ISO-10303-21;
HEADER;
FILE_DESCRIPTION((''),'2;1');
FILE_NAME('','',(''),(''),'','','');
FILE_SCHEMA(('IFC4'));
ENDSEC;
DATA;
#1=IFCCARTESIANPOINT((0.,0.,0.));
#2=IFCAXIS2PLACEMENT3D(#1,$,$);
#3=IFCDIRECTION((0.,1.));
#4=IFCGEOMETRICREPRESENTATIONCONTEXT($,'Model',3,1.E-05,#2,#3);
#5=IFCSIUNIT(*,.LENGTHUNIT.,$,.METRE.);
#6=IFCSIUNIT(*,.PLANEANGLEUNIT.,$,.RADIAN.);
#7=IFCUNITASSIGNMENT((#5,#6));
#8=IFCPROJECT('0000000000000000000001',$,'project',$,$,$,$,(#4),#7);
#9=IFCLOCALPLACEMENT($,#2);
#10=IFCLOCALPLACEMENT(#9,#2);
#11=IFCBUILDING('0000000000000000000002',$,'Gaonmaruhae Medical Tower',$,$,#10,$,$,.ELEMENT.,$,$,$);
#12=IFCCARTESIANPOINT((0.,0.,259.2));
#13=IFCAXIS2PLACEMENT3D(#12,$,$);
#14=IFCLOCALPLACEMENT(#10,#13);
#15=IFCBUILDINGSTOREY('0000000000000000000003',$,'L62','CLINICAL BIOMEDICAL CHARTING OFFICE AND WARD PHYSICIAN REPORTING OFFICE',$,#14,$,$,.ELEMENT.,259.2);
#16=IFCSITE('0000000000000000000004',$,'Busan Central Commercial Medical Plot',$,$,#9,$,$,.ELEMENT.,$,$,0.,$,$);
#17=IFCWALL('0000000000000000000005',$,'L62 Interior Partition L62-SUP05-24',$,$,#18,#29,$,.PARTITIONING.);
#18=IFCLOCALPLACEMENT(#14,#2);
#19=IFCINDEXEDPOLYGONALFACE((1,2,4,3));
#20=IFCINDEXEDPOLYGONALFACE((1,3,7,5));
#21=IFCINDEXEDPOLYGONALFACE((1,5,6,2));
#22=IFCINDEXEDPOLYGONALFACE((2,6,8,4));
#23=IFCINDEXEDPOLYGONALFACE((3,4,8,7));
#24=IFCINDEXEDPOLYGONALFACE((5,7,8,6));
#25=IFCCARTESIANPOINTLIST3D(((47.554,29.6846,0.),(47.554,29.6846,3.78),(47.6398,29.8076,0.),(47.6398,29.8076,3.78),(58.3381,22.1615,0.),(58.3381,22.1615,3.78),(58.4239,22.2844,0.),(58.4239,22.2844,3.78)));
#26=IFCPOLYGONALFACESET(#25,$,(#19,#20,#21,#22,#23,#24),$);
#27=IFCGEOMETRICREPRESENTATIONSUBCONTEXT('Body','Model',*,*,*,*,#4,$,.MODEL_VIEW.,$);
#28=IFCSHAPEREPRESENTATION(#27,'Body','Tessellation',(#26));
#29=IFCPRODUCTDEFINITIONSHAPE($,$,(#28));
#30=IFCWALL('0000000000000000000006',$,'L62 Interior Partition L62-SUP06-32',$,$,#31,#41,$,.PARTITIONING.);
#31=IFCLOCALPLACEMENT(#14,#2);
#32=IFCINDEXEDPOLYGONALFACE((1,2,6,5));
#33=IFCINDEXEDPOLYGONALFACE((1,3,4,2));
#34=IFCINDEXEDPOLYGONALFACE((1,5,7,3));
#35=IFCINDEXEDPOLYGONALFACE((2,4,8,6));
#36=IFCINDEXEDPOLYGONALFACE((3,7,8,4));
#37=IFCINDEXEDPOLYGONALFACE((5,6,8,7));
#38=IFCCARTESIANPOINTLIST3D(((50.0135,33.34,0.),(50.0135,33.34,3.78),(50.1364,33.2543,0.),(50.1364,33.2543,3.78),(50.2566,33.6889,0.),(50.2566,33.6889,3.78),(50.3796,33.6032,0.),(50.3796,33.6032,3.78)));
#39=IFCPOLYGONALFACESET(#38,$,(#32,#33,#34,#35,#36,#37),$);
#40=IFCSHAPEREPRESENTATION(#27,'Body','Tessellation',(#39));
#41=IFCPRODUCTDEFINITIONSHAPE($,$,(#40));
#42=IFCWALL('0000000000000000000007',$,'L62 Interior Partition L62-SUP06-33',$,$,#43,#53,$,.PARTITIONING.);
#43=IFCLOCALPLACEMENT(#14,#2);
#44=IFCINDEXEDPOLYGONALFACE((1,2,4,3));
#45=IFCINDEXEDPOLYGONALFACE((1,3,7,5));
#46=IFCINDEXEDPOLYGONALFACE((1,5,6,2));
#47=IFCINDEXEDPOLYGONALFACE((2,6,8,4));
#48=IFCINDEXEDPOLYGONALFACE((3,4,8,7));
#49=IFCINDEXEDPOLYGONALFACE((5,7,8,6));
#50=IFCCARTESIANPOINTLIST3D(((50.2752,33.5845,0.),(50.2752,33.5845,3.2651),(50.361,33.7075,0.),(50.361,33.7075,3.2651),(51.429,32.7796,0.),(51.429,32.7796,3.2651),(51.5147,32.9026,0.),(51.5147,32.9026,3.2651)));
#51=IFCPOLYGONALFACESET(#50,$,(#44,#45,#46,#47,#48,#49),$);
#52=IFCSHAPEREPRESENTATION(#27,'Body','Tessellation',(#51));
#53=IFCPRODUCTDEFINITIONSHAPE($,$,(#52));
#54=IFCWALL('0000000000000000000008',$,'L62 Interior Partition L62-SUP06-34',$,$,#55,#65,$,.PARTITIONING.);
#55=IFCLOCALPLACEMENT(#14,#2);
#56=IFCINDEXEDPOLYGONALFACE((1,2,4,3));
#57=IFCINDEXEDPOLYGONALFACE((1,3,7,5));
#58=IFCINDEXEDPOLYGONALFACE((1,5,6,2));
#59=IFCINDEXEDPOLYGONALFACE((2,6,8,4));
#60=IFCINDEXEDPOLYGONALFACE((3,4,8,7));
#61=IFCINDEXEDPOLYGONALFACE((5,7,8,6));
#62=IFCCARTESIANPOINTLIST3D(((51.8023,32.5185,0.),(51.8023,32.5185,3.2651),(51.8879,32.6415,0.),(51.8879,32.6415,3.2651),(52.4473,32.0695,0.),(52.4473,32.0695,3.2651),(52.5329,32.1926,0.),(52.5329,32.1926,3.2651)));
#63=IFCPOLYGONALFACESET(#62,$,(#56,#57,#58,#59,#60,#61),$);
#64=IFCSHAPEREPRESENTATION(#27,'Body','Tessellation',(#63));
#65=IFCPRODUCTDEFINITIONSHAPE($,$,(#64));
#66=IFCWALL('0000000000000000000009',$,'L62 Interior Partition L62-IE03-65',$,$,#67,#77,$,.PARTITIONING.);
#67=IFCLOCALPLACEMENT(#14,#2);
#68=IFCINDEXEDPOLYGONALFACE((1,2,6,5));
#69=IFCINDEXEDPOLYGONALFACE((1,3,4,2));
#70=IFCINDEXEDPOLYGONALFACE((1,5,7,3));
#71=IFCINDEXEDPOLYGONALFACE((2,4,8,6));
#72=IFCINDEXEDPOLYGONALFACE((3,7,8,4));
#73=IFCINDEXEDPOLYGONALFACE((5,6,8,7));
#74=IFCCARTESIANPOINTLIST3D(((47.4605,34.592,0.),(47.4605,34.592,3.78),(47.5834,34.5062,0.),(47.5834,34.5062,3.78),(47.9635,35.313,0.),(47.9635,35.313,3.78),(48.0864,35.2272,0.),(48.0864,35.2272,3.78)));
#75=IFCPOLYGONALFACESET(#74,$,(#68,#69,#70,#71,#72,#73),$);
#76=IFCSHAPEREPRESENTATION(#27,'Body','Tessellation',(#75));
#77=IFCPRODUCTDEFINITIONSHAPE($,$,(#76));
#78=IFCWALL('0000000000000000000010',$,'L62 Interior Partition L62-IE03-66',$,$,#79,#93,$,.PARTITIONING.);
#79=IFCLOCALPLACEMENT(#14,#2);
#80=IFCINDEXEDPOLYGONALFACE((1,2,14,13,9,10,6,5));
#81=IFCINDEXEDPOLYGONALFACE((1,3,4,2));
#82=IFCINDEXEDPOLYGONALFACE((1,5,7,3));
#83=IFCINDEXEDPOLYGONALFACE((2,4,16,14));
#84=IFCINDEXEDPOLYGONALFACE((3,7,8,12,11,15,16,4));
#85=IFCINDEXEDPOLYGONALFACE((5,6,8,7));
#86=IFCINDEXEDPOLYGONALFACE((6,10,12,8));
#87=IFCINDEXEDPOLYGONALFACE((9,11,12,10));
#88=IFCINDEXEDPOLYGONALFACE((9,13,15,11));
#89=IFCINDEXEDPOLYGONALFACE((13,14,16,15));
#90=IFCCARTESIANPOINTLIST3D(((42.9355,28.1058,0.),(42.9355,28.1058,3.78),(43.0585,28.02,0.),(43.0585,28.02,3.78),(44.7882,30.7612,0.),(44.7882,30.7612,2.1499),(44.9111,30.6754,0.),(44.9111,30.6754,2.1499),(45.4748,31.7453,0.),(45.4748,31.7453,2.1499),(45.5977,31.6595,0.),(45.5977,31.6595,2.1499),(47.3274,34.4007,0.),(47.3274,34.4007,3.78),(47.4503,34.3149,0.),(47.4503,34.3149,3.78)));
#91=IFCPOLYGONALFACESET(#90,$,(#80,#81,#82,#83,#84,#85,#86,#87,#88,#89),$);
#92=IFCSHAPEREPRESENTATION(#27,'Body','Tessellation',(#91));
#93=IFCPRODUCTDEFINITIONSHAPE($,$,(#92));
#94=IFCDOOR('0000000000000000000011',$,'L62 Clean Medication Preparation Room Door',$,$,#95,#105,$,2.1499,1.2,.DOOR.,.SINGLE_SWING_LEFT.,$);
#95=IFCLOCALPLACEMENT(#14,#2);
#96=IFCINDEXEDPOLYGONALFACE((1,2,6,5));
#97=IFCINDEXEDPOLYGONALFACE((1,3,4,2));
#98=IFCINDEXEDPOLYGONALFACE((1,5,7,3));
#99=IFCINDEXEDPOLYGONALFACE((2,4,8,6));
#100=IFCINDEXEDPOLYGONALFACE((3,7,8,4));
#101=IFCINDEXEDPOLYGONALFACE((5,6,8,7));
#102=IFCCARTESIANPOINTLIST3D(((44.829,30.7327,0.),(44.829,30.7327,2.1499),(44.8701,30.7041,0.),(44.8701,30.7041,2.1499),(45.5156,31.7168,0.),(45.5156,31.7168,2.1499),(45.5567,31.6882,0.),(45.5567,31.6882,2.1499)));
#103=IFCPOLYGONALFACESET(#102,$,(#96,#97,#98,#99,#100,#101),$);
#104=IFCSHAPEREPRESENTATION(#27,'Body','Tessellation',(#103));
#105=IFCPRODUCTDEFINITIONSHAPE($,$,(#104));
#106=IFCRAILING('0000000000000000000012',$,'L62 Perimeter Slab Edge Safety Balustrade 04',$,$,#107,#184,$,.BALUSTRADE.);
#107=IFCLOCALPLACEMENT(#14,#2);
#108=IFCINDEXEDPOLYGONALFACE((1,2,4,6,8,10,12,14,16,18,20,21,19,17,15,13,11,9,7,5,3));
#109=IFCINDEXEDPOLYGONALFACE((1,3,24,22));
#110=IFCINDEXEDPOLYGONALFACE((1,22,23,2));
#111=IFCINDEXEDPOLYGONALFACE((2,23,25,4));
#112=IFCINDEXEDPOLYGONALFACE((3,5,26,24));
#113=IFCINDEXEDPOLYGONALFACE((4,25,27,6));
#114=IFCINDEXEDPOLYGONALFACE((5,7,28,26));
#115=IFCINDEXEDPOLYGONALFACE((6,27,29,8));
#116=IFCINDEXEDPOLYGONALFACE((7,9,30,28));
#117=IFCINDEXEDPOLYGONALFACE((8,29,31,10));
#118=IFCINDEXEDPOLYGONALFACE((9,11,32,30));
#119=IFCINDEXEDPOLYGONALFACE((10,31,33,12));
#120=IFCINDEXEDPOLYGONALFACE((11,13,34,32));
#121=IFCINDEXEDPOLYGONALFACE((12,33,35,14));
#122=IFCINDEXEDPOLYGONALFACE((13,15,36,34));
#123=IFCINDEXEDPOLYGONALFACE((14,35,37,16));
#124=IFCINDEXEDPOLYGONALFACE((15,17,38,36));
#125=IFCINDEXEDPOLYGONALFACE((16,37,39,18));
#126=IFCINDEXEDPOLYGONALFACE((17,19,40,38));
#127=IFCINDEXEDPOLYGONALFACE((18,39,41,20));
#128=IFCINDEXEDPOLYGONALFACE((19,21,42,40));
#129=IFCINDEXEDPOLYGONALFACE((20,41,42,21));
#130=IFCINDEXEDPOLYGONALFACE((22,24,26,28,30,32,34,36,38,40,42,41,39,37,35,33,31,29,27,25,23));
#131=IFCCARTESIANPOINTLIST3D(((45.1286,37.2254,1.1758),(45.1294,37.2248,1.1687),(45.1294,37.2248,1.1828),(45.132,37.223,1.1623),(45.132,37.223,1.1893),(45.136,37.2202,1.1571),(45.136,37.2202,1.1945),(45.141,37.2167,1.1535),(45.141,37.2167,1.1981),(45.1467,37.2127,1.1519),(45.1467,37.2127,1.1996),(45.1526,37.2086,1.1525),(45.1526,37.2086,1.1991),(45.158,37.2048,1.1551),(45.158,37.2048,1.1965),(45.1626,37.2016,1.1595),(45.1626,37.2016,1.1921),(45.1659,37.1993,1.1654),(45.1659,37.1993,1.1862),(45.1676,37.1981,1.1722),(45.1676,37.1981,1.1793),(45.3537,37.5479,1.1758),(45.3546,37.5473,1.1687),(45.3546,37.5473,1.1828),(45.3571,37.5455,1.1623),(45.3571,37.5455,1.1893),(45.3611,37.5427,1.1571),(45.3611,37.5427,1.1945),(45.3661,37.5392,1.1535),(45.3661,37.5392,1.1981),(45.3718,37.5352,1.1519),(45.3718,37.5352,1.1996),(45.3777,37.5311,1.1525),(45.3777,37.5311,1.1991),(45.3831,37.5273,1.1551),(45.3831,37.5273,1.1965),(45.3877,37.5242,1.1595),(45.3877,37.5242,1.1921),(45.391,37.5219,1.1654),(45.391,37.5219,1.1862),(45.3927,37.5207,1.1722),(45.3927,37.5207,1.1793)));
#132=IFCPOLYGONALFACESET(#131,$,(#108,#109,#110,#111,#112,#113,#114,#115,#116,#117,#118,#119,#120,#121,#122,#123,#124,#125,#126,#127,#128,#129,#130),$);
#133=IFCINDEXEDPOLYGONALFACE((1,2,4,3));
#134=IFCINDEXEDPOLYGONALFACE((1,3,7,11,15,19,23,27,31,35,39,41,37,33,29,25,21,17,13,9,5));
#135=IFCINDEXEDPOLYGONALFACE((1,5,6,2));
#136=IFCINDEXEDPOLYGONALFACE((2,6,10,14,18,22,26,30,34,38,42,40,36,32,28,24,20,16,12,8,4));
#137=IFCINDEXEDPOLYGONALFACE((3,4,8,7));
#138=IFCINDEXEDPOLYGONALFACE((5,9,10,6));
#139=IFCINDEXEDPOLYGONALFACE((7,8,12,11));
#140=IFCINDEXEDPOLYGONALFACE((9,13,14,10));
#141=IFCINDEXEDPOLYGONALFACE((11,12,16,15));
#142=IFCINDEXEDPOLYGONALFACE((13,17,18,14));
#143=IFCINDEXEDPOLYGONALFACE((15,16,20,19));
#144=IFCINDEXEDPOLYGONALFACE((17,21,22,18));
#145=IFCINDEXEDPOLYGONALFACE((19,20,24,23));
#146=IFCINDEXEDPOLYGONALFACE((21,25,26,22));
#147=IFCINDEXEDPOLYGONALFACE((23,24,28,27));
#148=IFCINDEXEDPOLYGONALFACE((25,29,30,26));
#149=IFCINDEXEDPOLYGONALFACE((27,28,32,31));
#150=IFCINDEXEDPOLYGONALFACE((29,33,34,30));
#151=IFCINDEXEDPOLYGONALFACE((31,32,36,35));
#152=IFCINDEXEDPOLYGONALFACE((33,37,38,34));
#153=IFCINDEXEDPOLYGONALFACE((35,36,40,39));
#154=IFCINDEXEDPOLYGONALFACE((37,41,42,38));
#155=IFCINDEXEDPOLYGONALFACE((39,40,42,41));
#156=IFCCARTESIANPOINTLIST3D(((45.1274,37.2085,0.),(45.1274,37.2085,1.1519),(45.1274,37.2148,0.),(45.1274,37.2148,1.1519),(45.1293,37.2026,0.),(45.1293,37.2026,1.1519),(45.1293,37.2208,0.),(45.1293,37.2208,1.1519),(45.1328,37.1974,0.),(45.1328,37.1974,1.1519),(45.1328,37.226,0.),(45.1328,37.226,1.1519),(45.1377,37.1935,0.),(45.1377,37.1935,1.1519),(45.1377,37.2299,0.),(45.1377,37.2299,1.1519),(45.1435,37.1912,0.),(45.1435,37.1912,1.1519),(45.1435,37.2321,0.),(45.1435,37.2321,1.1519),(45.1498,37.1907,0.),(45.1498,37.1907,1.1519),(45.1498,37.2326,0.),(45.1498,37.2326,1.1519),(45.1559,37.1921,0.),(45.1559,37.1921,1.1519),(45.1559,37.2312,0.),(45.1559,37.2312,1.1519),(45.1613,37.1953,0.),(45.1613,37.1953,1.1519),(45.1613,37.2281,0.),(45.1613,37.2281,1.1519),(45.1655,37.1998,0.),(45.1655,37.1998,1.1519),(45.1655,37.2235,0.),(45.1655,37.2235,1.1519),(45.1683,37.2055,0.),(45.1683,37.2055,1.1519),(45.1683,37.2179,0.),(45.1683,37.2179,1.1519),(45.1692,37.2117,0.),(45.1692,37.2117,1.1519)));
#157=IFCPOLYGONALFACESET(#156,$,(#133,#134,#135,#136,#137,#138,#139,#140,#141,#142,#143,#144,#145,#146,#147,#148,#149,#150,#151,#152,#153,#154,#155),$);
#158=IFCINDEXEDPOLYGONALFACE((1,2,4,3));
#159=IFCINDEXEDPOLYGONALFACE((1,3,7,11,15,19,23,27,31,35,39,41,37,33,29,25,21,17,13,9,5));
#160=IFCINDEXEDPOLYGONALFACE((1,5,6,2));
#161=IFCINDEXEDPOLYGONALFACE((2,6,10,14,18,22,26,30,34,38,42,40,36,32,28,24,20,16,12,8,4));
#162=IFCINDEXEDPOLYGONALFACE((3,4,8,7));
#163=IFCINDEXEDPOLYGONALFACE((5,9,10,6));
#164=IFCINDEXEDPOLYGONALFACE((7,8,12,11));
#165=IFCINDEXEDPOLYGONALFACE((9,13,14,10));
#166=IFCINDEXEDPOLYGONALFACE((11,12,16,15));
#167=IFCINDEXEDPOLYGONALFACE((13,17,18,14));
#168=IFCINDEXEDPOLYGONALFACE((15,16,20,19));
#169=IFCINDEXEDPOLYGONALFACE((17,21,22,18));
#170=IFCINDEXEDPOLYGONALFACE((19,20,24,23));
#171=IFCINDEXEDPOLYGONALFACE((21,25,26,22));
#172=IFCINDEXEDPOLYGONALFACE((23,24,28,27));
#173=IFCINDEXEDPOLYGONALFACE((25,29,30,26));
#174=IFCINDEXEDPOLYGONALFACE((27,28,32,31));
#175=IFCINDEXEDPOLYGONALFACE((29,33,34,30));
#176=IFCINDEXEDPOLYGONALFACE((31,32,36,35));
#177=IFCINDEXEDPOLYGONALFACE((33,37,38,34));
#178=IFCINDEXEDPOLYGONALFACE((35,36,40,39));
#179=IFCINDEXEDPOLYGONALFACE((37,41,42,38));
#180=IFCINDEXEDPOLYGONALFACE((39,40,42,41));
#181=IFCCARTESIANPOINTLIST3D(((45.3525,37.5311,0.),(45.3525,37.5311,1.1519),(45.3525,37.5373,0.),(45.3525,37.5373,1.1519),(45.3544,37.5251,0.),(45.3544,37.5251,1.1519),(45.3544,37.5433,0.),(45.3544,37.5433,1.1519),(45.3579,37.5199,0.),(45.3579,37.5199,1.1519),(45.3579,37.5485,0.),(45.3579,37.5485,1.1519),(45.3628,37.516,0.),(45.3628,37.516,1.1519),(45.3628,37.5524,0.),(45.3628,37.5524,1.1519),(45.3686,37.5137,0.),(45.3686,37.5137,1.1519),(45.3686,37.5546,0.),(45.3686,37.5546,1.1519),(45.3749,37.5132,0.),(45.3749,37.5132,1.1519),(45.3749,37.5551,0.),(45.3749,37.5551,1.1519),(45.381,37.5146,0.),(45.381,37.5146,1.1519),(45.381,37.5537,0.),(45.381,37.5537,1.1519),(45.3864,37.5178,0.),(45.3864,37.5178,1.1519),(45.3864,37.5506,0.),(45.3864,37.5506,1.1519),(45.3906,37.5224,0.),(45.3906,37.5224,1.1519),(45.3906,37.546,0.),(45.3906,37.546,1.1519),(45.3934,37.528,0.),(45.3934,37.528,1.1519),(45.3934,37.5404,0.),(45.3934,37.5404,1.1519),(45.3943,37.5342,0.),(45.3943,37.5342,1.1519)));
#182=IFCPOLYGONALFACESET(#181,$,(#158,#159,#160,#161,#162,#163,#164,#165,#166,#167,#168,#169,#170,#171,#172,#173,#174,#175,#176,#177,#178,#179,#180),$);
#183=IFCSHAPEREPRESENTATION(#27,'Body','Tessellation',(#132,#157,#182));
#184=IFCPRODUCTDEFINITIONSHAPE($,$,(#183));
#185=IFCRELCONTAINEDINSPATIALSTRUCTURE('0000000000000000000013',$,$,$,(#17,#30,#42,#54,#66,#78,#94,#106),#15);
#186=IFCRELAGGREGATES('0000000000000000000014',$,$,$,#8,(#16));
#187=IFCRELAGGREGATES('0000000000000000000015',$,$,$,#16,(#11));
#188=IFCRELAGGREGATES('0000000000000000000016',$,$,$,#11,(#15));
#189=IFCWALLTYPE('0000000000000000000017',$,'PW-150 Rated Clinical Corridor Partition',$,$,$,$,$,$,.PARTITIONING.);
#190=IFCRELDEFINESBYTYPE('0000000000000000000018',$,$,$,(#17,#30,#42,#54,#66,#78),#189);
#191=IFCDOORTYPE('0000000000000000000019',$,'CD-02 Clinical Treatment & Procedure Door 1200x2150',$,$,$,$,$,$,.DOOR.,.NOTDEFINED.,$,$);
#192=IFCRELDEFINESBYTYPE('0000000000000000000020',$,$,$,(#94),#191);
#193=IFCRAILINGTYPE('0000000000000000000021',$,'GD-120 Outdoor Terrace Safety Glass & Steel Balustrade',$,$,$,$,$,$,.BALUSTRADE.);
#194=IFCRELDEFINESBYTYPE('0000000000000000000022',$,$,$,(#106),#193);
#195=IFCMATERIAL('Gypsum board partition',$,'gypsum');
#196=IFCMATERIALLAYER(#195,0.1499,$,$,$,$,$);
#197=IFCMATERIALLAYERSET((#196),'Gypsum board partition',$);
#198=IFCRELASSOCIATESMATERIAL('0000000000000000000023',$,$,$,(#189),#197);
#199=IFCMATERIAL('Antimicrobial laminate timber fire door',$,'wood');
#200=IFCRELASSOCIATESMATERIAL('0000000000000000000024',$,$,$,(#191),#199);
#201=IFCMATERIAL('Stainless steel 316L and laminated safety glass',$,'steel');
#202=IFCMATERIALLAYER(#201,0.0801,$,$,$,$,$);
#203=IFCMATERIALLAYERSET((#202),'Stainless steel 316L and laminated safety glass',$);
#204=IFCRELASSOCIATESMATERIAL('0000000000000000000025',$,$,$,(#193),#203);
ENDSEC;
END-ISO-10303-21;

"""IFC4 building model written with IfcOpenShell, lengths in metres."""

from ifc_helpers import new_model, si_unit, direction, frame, frame_2d, origin, origin_2d, place, context, subcontext, project, spatial, rectangle, circle, extrude, material, layer, layer_set, type_object, element, fill, save


model = new_model("IFC4")

# Units and contexts
model_context = context("Model", 3, precision=1e-05, world=origin(), true_north=direction((0.0, 1.0)))
body_context = subcontext(model_context, "Body", "Model", "MODEL_VIEW")
ifc_project = project(units=[si_unit("LENGTHUNIT", "METRE"), si_unit("PLANEANGLEUNIT", "RADIAN")], contexts=[model_context])

# Site, building, storey
site_placement = place(None, origin())
site = spatial("IfcSite", under=ifc_project, at=site_placement, Name="Busan Central Commercial Medical Plot", CompositionType="ELEMENT", RefElevation=0.0)
building_placement = place(site_placement, origin())
building = spatial("IfcBuilding", under=site, at=building_placement, Name="Gaonmaruhae Medical Tower", CompositionType="ELEMENT")
storey_placement = place(building_placement, frame((0.0, 0.0, 259.2)))
storey = spatial("IfcBuildingStorey", under=building, at=storey_placement, Name="L62", Description="CLINICAL BIOMEDICAL CHARTING OFFICE AND WARD PHYSICIAN REPORTING OFFICE", CompositionType="ELEMENT", Elevation=259.2)

# Wall
ifc_material_1 = material(Name="Gypsum board partition", Category="gypsum")
ifc_layer_1 = layer(ifc_material_1, 0.1499)
ifc_layer_set_1 = layer_set([ifc_layer_1], Name="Gypsum board partition")
wall_type_1 = type_object("IfcWallType", Name="PW-150 Rated Clinical Corridor Partition", PredefinedType="PARTITIONING", material=ifc_layer_set_1)
wall_1_placement = place(storey_placement, frame((47.5969, 29.7461, 0.0), z_axis=(0.0, 0.0, 1.0), x_axis=(0.82015, -0.572148, 0.0)))
element("IfcWall", 1, at=wall_1_placement, inside=storey, type_object=wall_type_1, Name="L62 Interior Partition L62-SUP05-24", PredefinedType="PARTITIONING", context=body_context, shape_type="SweptSolid", body=[
    extrude(rectangle(XDim=13.1489, YDim=0.1499, at=frame_2d((6.5745, 0.0))), origin(), (0.0, 0.0, 1.0), 3.78),
])

# Shared definitions
ifc_material_2 = material(Name="Antimicrobial laminate timber fire door", Category="wood")
door_type = type_object("IfcDoorType", Name="CD-02 Clinical Treatment & Procedure Door 1200x2150", OperationType="NOTDEFINED", PredefinedType="DOOR", material=ifc_material_2)

# Walls
wall_2_placement = place(storey_placement, frame((50.075, 33.2971, 0.0), z_axis=(0.0, 0.0, 1.0), x_axis=(0.571804, 0.82039, 0.0)))
element("IfcWall", 2, at=wall_2_placement, inside=storey, type_object=wall_type_1, Name="L62 Interior Partition L62-SUP06-32", PredefinedType="PARTITIONING", context=body_context, shape_type="SweptSolid", body=[
    extrude(rectangle(XDim=0.4253, YDim=0.1499, at=frame_2d((0.2126, 0.0))), origin(), (0.0, 0.0, 1.0), 3.78),
])
wall_3_placement = place(storey_placement, frame((50.3181, 33.646, 0.0), z_axis=(0.0, 0.0, 1.0), x_axis=(0.820144, -0.572157, 0.0)))
element("IfcWall", 3, at=wall_3_placement, inside=storey, type_object=wall_type_1, Name="L62 Interior Partition L62-SUP06-33", PredefinedType="PARTITIONING", context=body_context, shape_type="SweptSolid", body=[
    extrude(rectangle(XDim=1.4067, YDim=0.1499, at=frame_2d((0.7034, 0.0))), origin(), (0.0, 0.0, 1.0), 3.2651),
])
wall_4_placement = place(storey_placement, frame((51.845, 32.5801, 0.0), z_axis=(0.0, 0.0, 1.0), x_axis=(0.820747, -0.571292, 0.0)))
element("IfcWall", 4, at=wall_4_placement, inside=storey, type_object=wall_type_1, Name="L62 Interior Partition L62-SUP06-34", PredefinedType="PARTITIONING", context=body_context, shape_type="SweptSolid", body=[
    extrude(rectangle(XDim=0.7859, YDim=0.1499, at=frame_2d((0.3931, 0.0))), origin(), (0.0, 0.0, 1.0), 3.2651),
])
wall_5_placement = place(storey_placement, frame((48.0249, 35.27, 0.0), z_axis=(0.0, 0.0, 1.0), x_axis=(-0.572138, -0.820157, 0.0)))
element("IfcWall", 5, at=wall_5_placement, inside=storey, type_object=wall_type_1, Name="L62 Interior Partition L62-IE03-65", PredefinedType="PARTITIONING", context=body_context, shape_type="SweptSolid", body=[
    extrude(rectangle(XDim=0.8792, YDim=0.1499, at=frame_2d((0.4395, 0.0))), origin(), (0.0, 0.0, 1.0), 3.78),
])

# Wall, opening, door
wall_6_placement = place(storey_placement, frame((47.3889, 34.3579, 0.0), z_axis=(0.0, 0.0, 1.0), x_axis=(-0.572185, -0.820125, 0.0)))
wall_6 = element("IfcWall", 6, at=wall_6_placement, inside=storey, type_object=wall_type_1, Name="L62 Interior Partition L62-IE03-66", PredefinedType="PARTITIONING", context=body_context, shape_type="SweptSolid", body=[
    extrude(rectangle(XDim=7.6755, YDim=0.1499, at=frame_2d((3.8379, 0.0))), origin(), (0.0, 0.0, 1.0), 3.78),
])
opening_1_placement = place(wall_6_placement, frame((3.2378, 0.0, 0.0)))
opening_1 = element("IfcOpeningElement", 7, at=opening_1_placement, cuts=wall_6, PredefinedType="OPENING", context=body_context, shape_type="SweptSolid", body=[
    extrude(rectangle(XDim=1.2, YDim=2.1499, at=frame_2d((0.6001, 1.075))), frame((0.0, 0.085, 0.0), z_axis=(0.0, -1.0, 0.0), x_axis=(1.0, 0.0, 0.0)), (0.0, 0.0, 1.0), 0.1699),
])
door_1_placement = place(opening_1_placement, origin())
door_1 = element("IfcDoor", 8, at=door_1_placement, inside=storey, type_object=door_type, Name="L62 Clean Medication Preparation Room Door", OperationType="SINGLE_SWING_LEFT", OverallHeight=2.1499, OverallWidth=1.2, PredefinedType="DOOR", context=body_context, shape_type="SweptSolid", body=[
    extrude(rectangle(XDim=1.2, YDim=2.1499, at=frame_2d((0.6001, 1.075))), frame((0.0, 0.0249, 0.0), z_axis=(0.0, -1.0, 0.0), x_axis=(1.0, 0.0, 0.0)), (0.0, 0.0, 1.0), 0.05),
])
fill(opening_1, door_1)

# Railing
ifc_material_3 = material(Name="Stainless steel 316L and laminated safety glass", Category="steel")
ifc_layer_2 = layer(ifc_material_3, 0.0801)
ifc_layer_set_2 = layer_set([ifc_layer_2], Name="Stainless steel 316L and laminated safety glass")
railing_type = type_object("IfcRailingType", Name="GD-120 Outdoor Terrace Safety Glass & Steel Balustrade", PredefinedType="BALUSTRADE", material=ifc_layer_set_2)
railing_1_placement = place(storey_placement, frame((45.1482, 37.2117, 0.0)))
element("IfcRailing", 9, at=railing_1_placement, inside=storey, type_object=railing_type, Name="L62 Perimeter Slab Edge Safety Balustrade 04", PredefinedType="BALUSTRADE", context=body_context, shape_type="SweptSolid", body=[
    extrude(circle(Radius=0.0239, at=origin_2d()), frame((0.0, 0.0, 1.1758), z_axis=(0.572337, 0.820019, 0.0), x_axis=(-0.820019, 0.572337, 0.0)), (0.0, 0.0, 1.0), 0.3933),
    extrude(circle(Radius=0.021, at=origin_2d()), origin(), (0.0, 0.0, 1.0), 1.1519),
    extrude(circle(Radius=0.021, at=origin_2d()), frame((0.2251, 0.3225, 0.0)), (0.0, 0.0, 1.0), 1.1519),
])

save(model, "model.ifc")
